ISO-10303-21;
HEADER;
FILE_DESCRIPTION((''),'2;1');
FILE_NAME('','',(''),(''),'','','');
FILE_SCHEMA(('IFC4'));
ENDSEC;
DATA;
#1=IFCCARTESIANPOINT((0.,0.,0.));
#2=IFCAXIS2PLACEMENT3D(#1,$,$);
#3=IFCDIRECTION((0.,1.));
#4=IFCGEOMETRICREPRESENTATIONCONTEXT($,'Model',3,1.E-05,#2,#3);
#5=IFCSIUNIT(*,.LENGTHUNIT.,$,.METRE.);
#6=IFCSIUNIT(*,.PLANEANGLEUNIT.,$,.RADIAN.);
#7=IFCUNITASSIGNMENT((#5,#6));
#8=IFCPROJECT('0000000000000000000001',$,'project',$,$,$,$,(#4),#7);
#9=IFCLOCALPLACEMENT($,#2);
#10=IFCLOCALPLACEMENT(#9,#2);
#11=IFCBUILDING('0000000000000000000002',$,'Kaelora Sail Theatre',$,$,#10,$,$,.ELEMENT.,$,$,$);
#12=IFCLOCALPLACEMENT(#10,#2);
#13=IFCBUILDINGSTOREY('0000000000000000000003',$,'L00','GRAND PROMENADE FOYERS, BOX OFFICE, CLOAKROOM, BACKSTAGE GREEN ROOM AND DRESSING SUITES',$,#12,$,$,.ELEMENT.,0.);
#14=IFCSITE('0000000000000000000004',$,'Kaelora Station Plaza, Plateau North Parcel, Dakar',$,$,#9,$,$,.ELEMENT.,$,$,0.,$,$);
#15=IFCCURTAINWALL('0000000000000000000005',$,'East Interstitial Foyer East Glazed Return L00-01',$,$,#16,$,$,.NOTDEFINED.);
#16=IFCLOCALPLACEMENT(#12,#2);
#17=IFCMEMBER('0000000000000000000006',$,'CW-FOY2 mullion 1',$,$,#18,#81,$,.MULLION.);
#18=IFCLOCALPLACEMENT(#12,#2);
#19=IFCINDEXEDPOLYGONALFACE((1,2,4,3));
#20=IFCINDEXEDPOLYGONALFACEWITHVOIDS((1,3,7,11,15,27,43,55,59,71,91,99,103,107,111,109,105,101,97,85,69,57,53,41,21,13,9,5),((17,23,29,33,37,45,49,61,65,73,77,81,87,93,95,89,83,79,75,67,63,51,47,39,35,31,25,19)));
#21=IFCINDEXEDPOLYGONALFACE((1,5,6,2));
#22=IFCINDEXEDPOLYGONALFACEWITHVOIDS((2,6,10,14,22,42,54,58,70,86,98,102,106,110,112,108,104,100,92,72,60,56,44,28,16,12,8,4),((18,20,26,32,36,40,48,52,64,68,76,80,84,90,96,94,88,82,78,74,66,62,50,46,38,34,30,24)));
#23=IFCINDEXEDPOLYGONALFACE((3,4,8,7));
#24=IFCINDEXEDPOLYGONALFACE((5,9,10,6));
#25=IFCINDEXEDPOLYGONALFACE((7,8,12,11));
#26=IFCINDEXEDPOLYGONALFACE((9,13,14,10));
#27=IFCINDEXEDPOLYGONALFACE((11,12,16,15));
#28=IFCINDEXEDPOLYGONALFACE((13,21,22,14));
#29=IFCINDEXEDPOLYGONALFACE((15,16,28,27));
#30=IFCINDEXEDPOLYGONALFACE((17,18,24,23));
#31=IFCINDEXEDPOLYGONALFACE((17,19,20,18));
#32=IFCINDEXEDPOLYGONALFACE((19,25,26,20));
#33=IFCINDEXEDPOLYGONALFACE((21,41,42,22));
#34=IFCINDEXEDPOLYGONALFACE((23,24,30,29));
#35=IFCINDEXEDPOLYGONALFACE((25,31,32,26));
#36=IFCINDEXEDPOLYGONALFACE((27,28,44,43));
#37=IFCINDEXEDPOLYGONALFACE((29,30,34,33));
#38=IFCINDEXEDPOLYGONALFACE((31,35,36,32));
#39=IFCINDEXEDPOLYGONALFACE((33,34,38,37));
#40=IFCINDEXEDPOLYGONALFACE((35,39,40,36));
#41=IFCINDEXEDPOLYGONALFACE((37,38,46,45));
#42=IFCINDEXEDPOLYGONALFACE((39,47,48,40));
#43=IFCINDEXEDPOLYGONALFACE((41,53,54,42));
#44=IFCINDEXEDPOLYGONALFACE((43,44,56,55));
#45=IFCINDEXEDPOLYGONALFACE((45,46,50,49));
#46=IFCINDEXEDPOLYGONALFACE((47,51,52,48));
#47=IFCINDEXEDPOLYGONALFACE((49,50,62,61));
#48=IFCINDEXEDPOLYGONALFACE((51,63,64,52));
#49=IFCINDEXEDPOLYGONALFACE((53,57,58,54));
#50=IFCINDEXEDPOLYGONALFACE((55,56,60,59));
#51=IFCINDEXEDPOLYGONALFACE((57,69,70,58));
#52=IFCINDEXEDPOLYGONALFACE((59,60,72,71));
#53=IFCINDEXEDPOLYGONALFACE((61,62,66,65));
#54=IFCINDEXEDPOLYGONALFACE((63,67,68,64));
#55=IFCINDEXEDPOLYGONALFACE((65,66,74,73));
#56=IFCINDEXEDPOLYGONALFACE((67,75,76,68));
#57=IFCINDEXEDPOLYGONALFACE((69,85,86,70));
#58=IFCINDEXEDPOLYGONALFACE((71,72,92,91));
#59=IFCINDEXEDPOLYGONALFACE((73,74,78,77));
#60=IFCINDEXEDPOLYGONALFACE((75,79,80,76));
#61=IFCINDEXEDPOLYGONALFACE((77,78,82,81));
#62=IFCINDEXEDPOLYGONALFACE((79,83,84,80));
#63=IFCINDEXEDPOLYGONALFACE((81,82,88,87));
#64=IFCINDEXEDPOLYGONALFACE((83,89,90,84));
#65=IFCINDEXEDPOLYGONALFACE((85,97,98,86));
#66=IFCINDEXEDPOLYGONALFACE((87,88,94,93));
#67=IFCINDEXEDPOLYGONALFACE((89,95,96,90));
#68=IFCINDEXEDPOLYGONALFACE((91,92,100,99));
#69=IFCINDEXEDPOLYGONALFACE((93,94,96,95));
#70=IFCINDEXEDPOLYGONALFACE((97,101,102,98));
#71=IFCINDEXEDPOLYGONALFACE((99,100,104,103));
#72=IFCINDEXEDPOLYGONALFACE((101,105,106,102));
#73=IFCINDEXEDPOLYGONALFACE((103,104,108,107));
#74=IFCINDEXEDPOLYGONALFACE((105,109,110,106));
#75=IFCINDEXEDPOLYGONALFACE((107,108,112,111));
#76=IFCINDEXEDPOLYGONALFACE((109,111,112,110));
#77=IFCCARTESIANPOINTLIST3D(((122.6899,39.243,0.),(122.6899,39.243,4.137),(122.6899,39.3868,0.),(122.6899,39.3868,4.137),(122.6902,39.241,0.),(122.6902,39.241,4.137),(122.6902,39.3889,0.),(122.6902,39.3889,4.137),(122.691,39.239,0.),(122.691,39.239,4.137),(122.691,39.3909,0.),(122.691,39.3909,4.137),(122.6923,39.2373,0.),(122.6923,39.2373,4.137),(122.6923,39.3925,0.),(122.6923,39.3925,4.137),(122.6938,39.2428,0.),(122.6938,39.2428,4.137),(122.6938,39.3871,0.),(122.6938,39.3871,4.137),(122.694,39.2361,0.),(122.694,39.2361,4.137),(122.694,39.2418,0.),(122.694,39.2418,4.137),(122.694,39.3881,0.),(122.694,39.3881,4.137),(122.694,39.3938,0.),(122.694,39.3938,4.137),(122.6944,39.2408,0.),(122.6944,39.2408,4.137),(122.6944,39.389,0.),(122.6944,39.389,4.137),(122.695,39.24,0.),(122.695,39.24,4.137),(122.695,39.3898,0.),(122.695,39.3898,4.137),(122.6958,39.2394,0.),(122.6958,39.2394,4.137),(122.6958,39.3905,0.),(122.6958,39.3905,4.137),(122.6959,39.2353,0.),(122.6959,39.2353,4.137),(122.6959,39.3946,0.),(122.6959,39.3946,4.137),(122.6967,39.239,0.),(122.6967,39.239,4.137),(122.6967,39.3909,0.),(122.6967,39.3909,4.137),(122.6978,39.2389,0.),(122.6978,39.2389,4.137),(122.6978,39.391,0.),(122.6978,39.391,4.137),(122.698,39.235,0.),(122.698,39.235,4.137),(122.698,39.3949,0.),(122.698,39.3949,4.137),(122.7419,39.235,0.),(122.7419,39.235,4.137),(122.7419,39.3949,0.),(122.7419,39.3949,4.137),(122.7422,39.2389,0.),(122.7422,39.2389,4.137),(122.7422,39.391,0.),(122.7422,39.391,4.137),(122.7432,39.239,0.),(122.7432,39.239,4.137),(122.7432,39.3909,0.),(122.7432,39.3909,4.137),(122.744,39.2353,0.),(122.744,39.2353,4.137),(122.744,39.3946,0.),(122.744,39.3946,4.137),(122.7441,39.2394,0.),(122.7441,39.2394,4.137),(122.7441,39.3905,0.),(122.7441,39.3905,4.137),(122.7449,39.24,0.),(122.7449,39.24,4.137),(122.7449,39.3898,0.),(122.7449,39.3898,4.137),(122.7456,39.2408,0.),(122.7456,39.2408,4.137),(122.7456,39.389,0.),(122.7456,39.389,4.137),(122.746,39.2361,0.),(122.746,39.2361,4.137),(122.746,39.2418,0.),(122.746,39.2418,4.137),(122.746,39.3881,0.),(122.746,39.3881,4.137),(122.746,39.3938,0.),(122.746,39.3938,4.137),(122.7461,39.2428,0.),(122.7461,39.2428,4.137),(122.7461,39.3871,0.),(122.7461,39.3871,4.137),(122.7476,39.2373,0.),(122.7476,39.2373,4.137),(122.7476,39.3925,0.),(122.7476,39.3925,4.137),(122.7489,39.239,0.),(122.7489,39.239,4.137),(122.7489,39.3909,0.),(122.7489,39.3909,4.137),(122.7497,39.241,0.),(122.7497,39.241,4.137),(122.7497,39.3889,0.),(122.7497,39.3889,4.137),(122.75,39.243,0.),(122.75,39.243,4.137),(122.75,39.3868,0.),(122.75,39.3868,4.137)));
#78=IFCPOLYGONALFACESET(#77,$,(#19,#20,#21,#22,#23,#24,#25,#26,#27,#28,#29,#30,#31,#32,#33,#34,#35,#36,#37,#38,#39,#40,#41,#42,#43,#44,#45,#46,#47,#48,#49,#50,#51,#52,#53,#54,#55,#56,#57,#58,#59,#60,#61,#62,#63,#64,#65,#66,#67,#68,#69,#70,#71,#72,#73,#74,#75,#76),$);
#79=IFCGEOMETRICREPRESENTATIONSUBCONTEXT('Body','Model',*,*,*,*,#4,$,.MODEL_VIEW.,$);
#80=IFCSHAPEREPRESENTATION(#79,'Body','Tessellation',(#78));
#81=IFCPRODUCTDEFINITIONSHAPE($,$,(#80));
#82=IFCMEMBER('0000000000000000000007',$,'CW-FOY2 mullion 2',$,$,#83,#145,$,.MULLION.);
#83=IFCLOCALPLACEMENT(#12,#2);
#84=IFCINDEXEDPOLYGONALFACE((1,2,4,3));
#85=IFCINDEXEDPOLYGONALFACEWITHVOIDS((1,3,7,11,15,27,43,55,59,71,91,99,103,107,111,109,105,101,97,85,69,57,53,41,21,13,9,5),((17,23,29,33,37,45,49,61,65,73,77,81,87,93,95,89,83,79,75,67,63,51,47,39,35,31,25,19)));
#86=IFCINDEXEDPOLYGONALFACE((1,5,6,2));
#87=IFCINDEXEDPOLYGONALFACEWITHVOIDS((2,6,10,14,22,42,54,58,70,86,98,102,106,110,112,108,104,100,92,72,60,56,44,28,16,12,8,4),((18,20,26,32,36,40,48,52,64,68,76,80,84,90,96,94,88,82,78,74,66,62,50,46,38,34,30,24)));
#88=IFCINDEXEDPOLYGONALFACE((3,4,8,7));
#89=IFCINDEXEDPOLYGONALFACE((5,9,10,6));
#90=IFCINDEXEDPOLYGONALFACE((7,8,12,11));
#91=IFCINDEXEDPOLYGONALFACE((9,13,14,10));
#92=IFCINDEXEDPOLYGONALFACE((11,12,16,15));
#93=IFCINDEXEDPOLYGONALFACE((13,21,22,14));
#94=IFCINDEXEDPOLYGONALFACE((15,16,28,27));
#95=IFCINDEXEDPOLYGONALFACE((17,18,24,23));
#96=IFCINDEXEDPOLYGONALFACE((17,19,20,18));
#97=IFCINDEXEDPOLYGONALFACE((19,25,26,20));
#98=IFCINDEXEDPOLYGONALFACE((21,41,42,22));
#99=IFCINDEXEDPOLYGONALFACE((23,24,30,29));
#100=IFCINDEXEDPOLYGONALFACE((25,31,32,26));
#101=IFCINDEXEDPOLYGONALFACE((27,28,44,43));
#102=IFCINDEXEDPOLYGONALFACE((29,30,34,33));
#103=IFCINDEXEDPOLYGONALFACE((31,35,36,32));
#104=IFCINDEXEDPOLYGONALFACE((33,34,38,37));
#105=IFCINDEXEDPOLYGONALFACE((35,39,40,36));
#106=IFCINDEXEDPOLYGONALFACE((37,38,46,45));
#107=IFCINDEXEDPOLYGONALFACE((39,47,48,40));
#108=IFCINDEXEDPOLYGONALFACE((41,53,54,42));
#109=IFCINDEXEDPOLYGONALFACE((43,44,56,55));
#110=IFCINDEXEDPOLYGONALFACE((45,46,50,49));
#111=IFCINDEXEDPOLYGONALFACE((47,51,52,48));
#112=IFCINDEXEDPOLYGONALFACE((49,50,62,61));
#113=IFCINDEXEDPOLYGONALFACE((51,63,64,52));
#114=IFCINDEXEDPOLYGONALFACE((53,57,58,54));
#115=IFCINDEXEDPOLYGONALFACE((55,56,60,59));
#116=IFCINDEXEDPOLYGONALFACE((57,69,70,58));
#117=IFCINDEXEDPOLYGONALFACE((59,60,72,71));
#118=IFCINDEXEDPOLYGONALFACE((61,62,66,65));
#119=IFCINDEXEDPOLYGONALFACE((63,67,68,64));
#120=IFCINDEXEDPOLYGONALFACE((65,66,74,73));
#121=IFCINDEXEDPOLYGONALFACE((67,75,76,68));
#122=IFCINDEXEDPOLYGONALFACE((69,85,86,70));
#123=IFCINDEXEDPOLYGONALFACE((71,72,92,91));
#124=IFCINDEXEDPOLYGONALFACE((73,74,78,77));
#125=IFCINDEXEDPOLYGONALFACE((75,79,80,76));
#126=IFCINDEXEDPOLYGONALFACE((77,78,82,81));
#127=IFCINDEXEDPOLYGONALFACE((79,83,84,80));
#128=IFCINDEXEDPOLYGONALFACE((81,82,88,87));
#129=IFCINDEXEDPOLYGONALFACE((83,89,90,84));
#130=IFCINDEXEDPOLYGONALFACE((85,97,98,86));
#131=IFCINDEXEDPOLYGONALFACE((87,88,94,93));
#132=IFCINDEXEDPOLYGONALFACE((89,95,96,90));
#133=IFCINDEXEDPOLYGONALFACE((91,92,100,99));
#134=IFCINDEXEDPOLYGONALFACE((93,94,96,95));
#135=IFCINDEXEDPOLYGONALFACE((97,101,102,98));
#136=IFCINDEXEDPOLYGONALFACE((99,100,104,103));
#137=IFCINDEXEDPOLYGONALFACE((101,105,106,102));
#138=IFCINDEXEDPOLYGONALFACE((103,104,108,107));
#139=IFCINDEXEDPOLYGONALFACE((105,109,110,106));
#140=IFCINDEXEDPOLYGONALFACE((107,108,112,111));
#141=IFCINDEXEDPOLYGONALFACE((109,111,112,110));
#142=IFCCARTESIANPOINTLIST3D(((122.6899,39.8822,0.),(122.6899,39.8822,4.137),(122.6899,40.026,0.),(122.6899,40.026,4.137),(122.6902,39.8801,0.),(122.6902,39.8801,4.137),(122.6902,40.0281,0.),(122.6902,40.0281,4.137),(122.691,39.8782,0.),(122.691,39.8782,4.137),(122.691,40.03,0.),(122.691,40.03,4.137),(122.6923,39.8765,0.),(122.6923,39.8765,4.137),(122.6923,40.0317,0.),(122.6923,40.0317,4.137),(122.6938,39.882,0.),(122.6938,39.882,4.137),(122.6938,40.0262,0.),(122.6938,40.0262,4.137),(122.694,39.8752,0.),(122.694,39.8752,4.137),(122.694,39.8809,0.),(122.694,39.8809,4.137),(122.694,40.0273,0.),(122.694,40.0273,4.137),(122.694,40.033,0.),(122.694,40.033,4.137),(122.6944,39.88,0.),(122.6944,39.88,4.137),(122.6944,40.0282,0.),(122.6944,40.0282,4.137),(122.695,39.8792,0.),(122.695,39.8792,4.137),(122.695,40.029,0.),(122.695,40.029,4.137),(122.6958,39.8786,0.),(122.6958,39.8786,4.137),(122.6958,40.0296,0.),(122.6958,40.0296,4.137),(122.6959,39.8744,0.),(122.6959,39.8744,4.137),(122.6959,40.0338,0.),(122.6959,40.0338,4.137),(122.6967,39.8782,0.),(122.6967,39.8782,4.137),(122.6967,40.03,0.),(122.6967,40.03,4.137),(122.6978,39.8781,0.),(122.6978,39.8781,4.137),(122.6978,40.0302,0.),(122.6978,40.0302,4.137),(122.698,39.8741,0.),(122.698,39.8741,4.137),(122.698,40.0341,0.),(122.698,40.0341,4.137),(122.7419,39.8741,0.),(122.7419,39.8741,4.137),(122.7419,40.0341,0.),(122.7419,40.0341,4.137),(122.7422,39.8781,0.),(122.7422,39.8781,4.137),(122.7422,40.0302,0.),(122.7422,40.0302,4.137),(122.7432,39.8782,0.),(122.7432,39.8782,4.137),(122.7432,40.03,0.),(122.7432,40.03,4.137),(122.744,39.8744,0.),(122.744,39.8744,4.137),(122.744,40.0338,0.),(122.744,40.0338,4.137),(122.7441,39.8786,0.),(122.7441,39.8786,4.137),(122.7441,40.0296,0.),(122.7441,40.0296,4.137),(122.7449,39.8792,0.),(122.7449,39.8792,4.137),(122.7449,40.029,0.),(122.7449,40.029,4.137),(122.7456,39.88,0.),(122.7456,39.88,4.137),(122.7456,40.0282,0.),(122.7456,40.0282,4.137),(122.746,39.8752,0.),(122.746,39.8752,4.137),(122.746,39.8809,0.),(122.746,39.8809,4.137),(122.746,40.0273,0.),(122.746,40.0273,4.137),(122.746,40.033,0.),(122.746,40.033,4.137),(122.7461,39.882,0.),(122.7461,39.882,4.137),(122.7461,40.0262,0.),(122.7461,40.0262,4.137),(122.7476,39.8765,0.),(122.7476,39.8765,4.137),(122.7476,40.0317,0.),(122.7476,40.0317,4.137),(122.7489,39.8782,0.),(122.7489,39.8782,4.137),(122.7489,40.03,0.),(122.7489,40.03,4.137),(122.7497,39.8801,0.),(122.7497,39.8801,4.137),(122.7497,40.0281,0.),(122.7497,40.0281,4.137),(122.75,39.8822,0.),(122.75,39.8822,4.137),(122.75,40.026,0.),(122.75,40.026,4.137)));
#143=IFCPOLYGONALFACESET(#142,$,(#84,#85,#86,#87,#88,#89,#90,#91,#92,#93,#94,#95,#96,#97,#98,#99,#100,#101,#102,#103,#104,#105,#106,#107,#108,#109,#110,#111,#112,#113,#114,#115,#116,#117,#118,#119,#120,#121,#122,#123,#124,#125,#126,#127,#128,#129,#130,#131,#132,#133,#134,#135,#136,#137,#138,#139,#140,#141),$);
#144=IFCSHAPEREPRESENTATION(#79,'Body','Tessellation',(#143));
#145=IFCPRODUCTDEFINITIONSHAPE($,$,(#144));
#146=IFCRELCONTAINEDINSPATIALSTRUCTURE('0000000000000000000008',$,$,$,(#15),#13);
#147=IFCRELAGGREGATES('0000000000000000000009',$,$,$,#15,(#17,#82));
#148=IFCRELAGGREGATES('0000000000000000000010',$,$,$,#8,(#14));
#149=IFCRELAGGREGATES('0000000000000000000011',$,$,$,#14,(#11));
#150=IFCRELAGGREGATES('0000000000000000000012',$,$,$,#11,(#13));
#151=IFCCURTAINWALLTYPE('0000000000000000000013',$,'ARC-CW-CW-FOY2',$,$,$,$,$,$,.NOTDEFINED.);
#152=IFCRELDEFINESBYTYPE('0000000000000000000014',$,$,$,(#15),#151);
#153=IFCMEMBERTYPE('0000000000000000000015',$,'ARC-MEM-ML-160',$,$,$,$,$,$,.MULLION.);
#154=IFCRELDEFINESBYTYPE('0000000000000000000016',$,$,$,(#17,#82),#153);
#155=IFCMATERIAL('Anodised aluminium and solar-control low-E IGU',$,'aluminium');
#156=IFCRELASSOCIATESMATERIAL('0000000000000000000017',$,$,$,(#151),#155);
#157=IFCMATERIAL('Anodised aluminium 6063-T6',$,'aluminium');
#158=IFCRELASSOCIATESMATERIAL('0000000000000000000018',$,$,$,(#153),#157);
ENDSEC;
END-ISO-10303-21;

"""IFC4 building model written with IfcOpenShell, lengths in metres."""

from ifc_helpers import new_model, si_unit, direction, frame, origin, origin_2d, place, context, subcontext, project, spatial, hollow_rectangle, extrude, material, material_profile, profile_set, type_object, element, aggregate, save


model = new_model("IFC4")

# Units and contexts
model_context = context("Model", 3, precision=1e-05, world=origin(), true_north=direction((0.0, 1.0)))
body_context = subcontext(model_context, "Body", "Model", "MODEL_VIEW")
ifc_project = project(units=[si_unit("LENGTHUNIT", "METRE"), si_unit("PLANEANGLEUNIT", "RADIAN")], contexts=[model_context])

# Site, building, storey
site_placement = place(None, origin())
site = spatial("IfcSite", under=ifc_project, at=site_placement, Name="Kaelora Station Plaza, Plateau North Parcel, Dakar", CompositionType="ELEMENT", RefElevation=0.0)
building_placement = place(site_placement, origin())
building = spatial("IfcBuilding", under=site, at=building_placement, Name="Kaelora Sail Theatre", CompositionType="ELEMENT")
storey_placement = place(building_placement, origin())
storey = spatial("IfcBuildingStorey", under=building, at=storey_placement, Name="L00", Description="GRAND PROMENADE FOYERS, BOX OFFICE, CLOAKROOM, BACKSTAGE GREEN ROOM AND DRESSING SUITES", CompositionType="ELEMENT", Elevation=0.0)

# Curtain wall, members
ifc_material_1 = material(Name="Anodised aluminium and solar-control low-E IGU", Category="aluminium")
curtain_wall_type = type_object("IfcCurtainWallType", Name="ARC-CW-CW-FOY2", PredefinedType="NOTDEFINED", material=ifc_material_1)
curtain_wall_placement = place(storey_placement, origin())
curtain_wall = element("IfcCurtainWall", 1, at=curtain_wall_placement, inside=storey, type_object=curtain_wall_type, Name="East Interstitial Foyer East Glazed Return L00-01", PredefinedType="NOTDEFINED")
ifc_material_2 = material(Name="Anodised aluminium 6063-T6", Category="aluminium")
ifc_material_profile_1 = material_profile(ifc_material_2, hollow_rectangle(XDim=0.0601, YDim=0.1599, WallThickness=0.0039, InnerFilletRadius=0.0039, OuterFilletRadius=0.0081, at=origin_2d()), Name="ALU-MULL 60x160x4")
ifc_profile_set_1 = profile_set([ifc_material_profile_1], Name="Anodised aluminium 6063-T6")
member_type_1 = type_object("IfcMemberType", Name="ARC-MEM-ML-160", PredefinedType="MULLION", material=ifc_profile_set_1)
member_1_placement = place(storey_placement, frame((122.72, 39.3149, 0.0), z_axis=(0.0, 0.0, 1.0), x_axis=(-1.0, 0.0, 0.0)))
member_1 = element("IfcMember", 2, at=member_1_placement, type_object=member_type_1, Name="CW-FOY2 mullion 1", PredefinedType="MULLION", context=body_context, shape_type="SweptSolid", body=[
    extrude(hollow_rectangle(XDim=0.0601, YDim=0.1599, WallThickness=0.0039, InnerFilletRadius=0.0039, OuterFilletRadius=0.0081, at=origin_2d()), origin(), (0.0, 0.0, 1.0), 4.137),
])
member_2_placement = place(storey_placement, frame((122.72, 39.9541, 0.0), z_axis=(0.0, 0.0, 1.0), x_axis=(-1.0, 0.0, 0.0)))
member_2 = element("IfcMember", 3, at=member_2_placement, type_object=member_type_1, Name="CW-FOY2 mullion 2", PredefinedType="MULLION", context=body_context, shape_type="SweptSolid", body=[
    extrude(hollow_rectangle(XDim=0.0601, YDim=0.1599, WallThickness=0.0039, InnerFilletRadius=0.0039, OuterFilletRadius=0.0081, at=origin_2d()), origin(), (0.0, 0.0, 1.0), 4.137),
])

aggregate(curtain_wall, [member_1, member_2])

save(model, "model.ifc")
